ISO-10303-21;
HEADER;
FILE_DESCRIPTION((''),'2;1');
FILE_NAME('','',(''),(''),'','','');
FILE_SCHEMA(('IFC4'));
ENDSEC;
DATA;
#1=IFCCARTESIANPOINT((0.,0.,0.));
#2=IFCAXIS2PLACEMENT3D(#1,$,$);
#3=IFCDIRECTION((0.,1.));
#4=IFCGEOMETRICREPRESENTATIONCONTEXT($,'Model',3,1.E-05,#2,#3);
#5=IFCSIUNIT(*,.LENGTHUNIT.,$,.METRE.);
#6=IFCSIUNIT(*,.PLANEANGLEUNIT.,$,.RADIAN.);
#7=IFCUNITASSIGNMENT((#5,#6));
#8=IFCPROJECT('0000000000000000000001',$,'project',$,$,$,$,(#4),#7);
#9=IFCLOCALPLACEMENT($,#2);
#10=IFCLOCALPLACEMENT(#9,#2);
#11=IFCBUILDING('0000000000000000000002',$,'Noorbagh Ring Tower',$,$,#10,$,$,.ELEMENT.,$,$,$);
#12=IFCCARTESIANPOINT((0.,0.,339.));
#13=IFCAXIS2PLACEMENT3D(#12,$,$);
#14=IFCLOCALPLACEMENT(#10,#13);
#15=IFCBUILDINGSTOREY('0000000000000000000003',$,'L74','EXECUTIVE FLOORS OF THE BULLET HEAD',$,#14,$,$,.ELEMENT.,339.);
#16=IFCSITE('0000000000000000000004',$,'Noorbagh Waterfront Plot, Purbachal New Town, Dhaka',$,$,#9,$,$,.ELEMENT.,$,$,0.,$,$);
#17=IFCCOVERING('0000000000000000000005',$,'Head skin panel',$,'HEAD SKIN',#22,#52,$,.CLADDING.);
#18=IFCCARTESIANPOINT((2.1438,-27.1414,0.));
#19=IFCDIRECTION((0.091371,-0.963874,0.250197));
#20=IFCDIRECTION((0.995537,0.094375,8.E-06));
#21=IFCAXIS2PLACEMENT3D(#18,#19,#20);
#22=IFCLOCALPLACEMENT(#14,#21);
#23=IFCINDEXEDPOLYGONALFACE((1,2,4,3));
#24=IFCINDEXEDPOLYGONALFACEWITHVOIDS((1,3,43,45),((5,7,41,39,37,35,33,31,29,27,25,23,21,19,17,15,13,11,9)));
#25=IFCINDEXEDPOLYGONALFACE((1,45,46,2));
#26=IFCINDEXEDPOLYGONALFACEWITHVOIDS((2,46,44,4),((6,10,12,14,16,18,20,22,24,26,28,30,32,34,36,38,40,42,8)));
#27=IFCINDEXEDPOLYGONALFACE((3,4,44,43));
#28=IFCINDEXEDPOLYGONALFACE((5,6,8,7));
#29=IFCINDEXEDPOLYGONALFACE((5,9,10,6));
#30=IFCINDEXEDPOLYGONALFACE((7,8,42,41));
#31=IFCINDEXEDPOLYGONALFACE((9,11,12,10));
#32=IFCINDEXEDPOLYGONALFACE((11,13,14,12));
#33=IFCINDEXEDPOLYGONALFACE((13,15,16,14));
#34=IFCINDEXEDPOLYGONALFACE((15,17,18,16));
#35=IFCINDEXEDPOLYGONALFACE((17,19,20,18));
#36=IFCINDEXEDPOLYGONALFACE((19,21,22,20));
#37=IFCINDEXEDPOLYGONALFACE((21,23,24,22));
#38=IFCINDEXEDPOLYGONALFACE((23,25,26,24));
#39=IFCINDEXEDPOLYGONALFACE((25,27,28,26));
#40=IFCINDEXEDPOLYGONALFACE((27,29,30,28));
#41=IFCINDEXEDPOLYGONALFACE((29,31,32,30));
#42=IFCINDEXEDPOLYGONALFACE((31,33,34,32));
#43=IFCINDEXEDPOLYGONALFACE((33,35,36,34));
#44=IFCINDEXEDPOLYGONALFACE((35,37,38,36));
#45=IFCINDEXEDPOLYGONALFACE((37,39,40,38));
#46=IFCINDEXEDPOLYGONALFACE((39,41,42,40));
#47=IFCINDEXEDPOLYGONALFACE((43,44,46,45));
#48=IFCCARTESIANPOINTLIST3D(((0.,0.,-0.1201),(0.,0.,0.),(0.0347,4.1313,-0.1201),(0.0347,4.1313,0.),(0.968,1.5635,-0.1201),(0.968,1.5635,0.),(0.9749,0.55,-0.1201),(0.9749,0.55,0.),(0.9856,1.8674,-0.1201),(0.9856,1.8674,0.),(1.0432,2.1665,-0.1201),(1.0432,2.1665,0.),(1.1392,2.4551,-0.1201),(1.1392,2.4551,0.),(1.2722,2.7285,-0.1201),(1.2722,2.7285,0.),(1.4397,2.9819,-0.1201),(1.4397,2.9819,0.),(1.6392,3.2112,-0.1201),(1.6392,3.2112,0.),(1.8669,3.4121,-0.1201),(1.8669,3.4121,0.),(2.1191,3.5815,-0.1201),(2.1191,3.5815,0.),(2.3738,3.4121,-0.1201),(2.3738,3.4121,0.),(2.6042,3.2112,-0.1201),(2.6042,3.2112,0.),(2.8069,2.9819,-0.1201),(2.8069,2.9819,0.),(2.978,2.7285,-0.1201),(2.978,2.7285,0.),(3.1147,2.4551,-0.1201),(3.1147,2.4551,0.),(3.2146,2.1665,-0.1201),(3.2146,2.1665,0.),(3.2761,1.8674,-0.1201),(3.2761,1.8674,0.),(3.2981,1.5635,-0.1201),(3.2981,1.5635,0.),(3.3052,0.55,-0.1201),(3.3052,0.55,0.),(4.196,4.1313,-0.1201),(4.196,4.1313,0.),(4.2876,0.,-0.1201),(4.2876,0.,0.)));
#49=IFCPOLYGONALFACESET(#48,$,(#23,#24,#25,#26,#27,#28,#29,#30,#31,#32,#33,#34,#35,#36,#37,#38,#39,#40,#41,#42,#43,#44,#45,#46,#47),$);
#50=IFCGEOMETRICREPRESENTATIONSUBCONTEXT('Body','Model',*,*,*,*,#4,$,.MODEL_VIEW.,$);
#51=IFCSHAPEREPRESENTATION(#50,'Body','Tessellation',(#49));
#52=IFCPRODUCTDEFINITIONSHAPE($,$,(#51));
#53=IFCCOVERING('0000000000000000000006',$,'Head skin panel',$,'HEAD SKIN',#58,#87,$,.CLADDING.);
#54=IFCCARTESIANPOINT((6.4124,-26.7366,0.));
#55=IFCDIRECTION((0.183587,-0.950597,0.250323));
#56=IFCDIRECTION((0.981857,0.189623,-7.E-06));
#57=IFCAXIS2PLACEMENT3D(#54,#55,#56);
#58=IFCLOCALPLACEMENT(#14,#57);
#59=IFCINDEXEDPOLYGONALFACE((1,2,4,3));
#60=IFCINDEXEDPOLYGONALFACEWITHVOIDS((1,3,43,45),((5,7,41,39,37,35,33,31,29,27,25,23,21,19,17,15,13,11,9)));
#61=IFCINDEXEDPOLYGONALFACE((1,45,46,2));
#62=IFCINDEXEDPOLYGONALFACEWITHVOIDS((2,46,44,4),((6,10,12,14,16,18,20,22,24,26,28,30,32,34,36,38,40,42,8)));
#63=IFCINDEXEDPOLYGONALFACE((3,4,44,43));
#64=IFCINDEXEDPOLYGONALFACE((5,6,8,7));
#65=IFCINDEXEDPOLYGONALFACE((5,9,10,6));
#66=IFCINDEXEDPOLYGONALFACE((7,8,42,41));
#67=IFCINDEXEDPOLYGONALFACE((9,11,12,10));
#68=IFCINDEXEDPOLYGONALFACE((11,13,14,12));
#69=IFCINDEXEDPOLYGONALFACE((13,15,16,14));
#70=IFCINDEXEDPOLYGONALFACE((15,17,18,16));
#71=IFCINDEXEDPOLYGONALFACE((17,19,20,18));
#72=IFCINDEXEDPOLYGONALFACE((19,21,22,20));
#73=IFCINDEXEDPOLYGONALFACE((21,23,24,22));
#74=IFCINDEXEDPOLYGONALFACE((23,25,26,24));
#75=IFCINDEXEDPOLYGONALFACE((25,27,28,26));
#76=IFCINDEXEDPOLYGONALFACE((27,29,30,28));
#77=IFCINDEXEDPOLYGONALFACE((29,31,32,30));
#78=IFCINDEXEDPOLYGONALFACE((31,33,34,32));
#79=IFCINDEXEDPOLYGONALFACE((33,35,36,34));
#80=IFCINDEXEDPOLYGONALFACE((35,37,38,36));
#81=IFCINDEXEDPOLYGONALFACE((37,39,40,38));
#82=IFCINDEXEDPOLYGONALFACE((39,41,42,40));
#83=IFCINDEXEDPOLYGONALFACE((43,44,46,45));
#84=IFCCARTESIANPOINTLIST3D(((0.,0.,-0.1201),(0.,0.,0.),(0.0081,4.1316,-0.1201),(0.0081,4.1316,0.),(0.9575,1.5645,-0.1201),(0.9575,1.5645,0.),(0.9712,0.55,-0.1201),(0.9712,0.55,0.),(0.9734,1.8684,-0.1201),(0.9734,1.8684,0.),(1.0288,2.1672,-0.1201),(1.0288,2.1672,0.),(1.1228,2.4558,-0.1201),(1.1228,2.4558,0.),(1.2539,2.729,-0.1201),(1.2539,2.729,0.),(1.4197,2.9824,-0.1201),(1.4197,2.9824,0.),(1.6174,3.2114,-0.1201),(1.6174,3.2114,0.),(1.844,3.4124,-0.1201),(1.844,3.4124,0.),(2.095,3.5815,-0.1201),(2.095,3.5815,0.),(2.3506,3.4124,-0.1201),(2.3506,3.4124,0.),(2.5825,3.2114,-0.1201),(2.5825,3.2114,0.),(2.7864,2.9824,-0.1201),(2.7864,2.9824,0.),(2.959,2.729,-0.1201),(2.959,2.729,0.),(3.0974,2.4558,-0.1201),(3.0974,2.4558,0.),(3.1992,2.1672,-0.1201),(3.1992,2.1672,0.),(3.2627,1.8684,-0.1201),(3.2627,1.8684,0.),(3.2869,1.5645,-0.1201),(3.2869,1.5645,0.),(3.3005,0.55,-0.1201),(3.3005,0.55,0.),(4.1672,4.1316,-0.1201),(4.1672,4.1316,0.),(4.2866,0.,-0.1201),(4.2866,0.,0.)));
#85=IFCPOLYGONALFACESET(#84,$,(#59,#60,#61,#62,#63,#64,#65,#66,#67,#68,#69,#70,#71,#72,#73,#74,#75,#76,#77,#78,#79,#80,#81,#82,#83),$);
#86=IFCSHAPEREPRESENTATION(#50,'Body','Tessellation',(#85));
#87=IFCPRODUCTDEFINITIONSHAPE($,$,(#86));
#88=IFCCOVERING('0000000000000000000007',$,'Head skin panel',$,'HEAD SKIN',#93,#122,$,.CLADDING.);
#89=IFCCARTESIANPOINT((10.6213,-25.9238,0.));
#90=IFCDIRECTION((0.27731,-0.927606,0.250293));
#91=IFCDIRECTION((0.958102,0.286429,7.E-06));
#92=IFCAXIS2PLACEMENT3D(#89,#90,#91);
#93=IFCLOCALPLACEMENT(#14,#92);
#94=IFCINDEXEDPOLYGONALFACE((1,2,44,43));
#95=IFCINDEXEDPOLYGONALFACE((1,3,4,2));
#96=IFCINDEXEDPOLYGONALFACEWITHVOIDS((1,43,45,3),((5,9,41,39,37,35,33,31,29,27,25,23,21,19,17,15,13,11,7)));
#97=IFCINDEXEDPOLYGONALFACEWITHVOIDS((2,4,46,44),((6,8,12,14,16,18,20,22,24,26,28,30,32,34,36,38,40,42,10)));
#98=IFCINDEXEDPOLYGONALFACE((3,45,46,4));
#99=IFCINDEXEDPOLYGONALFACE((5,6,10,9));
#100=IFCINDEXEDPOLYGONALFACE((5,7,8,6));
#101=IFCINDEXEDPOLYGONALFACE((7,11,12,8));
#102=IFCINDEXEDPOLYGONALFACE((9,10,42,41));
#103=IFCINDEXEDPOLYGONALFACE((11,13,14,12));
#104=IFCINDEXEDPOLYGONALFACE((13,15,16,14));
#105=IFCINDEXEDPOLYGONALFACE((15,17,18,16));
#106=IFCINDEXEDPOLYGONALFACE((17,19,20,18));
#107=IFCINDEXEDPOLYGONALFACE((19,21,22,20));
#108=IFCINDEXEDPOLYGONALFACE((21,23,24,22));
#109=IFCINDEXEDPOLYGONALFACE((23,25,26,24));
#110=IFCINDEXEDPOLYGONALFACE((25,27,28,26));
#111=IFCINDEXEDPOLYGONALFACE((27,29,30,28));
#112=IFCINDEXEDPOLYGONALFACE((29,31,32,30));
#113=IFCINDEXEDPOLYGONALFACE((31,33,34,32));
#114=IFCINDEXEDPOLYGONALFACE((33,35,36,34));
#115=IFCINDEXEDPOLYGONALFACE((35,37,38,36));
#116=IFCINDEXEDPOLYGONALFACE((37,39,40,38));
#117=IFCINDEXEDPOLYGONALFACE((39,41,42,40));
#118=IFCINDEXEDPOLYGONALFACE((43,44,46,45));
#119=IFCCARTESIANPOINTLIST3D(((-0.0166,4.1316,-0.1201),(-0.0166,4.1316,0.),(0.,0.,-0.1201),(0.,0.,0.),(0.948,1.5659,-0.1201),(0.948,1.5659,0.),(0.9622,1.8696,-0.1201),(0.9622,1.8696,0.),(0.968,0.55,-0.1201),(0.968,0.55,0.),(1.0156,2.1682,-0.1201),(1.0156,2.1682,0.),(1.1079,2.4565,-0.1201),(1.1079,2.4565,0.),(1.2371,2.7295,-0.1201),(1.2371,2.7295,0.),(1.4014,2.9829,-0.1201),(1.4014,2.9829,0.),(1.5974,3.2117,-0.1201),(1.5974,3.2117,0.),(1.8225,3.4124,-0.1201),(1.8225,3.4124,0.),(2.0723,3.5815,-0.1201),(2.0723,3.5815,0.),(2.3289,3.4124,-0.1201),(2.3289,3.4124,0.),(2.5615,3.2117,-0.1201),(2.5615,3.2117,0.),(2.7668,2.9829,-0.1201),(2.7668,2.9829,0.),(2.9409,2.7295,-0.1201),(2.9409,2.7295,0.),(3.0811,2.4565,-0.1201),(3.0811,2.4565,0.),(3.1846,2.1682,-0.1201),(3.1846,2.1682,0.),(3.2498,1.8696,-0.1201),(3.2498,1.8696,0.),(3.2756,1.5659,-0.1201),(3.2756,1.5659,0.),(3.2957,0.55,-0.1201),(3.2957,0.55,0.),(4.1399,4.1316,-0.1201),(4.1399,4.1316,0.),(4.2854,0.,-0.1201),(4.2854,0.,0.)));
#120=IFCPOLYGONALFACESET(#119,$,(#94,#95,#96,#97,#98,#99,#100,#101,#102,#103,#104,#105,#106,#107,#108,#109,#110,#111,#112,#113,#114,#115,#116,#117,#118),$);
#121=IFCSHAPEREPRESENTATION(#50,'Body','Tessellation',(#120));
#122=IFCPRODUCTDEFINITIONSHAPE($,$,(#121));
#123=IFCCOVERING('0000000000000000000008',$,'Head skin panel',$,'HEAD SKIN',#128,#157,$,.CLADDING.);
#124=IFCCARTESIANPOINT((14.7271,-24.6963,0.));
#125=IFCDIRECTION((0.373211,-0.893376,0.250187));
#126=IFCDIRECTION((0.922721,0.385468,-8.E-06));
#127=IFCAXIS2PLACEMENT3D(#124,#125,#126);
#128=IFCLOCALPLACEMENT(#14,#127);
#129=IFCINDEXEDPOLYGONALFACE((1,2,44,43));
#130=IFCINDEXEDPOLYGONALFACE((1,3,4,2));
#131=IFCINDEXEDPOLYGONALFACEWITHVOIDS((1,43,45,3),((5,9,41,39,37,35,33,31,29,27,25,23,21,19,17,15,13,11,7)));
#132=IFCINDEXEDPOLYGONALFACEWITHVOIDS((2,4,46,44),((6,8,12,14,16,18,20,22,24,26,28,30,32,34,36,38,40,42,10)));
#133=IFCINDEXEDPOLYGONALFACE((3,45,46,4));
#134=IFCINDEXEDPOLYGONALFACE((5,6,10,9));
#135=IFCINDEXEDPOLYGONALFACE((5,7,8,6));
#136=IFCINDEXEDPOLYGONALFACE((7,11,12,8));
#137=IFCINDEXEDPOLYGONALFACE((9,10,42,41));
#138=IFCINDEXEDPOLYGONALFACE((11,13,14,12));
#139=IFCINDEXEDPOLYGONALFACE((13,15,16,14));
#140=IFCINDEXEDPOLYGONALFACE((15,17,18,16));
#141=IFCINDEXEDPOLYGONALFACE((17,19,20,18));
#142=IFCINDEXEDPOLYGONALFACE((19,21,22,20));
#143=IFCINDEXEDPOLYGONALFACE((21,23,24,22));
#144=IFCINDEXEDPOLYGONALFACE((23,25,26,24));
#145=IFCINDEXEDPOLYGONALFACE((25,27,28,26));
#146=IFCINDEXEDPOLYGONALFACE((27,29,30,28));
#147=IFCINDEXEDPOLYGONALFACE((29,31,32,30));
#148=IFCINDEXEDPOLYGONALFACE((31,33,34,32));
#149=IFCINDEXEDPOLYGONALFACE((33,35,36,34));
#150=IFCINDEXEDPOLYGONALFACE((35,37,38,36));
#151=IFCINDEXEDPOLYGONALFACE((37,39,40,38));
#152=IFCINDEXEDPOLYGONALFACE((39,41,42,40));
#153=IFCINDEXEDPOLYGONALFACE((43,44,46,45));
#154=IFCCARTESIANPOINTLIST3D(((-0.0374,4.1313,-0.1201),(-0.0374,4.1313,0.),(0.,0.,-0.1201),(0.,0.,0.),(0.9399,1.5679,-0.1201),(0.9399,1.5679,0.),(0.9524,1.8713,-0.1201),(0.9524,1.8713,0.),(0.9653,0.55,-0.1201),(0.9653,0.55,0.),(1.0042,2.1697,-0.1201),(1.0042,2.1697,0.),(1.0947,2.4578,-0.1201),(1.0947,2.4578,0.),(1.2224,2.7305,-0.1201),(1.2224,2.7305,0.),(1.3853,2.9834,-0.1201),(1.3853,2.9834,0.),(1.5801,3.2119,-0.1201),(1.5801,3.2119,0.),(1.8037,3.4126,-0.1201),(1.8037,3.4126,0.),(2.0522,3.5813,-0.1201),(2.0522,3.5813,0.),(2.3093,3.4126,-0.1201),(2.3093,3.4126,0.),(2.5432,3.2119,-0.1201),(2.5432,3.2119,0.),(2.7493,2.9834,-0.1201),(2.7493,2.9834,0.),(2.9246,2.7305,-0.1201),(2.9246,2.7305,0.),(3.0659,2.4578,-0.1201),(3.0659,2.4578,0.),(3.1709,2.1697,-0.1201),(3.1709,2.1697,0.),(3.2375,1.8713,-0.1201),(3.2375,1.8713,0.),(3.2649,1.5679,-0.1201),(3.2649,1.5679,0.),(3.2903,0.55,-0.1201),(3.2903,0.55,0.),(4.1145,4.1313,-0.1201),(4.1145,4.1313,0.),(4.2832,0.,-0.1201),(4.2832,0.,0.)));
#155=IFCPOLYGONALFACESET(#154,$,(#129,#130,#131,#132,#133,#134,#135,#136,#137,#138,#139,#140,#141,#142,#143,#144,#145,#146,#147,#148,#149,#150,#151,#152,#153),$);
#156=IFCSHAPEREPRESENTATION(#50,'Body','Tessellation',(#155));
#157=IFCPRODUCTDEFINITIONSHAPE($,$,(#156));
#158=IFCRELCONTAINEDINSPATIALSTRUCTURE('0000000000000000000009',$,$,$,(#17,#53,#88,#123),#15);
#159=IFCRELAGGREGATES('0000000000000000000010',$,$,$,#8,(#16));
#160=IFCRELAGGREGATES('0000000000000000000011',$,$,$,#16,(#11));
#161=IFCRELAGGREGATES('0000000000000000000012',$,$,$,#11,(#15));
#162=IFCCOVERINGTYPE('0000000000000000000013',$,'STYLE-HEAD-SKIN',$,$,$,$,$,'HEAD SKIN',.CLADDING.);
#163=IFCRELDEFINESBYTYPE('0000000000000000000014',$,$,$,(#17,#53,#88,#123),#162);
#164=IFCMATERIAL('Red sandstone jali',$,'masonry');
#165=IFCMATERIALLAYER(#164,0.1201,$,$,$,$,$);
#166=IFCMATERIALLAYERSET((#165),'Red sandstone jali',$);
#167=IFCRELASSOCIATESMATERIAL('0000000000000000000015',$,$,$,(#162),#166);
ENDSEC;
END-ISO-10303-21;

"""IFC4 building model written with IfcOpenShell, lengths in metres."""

from ifc_helpers import new_model, si_unit, direction, frame, origin, place, context, subcontext, project, spatial, polyline, outline, extrude, material, layer, layer_set, type_object, element, save


model = new_model("IFC4")

# Units and contexts
model_context = context("Model", 3, precision=1e-05, world=origin(), true_north=direction((0.0, 1.0)))
body_context = subcontext(model_context, "Body", "Model", "MODEL_VIEW")
ifc_project = project(units=[si_unit("LENGTHUNIT", "METRE"), si_unit("PLANEANGLEUNIT", "RADIAN")], contexts=[model_context])

# Site, building, storey
site_placement = place(None, origin())
site = spatial("IfcSite", under=ifc_project, at=site_placement, Name="Noorbagh Waterfront Plot, Purbachal New Town, Dhaka", CompositionType="ELEMENT", RefElevation=0.0)
building_placement = place(site_placement, origin())
building = spatial("IfcBuilding", under=site, at=building_placement, Name="Noorbagh Ring Tower", CompositionType="ELEMENT")
storey_placement = place(building_placement, frame((0.0, 0.0, 339.0)))
storey = spatial("IfcBuildingStorey", under=building, at=storey_placement, Name="L74", Description="EXECUTIVE FLOORS OF THE BULLET HEAD", CompositionType="ELEMENT", Elevation=339.0)

# Coverings
ifc_material_1 = material(Name="Red sandstone jali", Category="masonry")
ifc_layer_1 = layer(ifc_material_1, 0.1201)
ifc_layer_set_1 = layer_set([ifc_layer_1], Name="Red sandstone jali")
covering_type_1 = type_object("IfcCoveringType", Name="STYLE-HEAD-SKIN", ElementType="HEAD SKIN", PredefinedType="CLADDING", material=ifc_layer_set_1)
covering_1_placement = place(storey_placement, frame((2.1438, -27.1414, 0.0), z_axis=(0.091371, -0.963874, 0.250197), x_axis=(0.995537, 0.094375, 0.000008)))
element("IfcCovering", 1, at=covering_1_placement, inside=storey, type_object=covering_type_1, Name="Head skin panel", ObjectType="HEAD SKIN", PredefinedType="CLADDING", context=body_context, shape_type="SweptSolid", body=[
    extrude(outline(polyline([(0.0, 0.0), (4.2876, 0.0), (4.196, 4.1313), (0.0347, 4.1313), (0.0, 0.0)]), holes=[polyline([(0.9749, 0.55), (0.968, 1.5635), (0.9856, 1.8674), (1.0432, 2.1665), (1.1392, 2.4551), (1.2722, 2.7285), (1.4397, 2.9819), (1.6392, 3.2112), (1.8669, 3.4121), (2.1191, 3.5815), (2.3738, 3.4121), (2.6042, 3.2112), (2.8069, 2.9819), (2.978, 2.7285), (3.1147, 2.4551), (3.2146, 2.1665), (3.2761, 1.8674), (3.2981, 1.5635), (3.3052, 0.55), (0.9749, 0.55)])]), origin(), (0.0, 0.0, -1.0), 0.1201),
])
covering_2_placement = place(storey_placement, frame((6.4124, -26.7366, 0.0), z_axis=(0.183587, -0.950597, 0.250323), x_axis=(0.981857, 0.189623, -0.000007)))
element("IfcCovering", 2, at=covering_2_placement, inside=storey, type_object=covering_type_1, Name="Head skin panel", ObjectType="HEAD SKIN", PredefinedType="CLADDING", context=body_context, shape_type="SweptSolid", body=[
    extrude(outline(polyline([(0.0, 0.0), (4.2866, 0.0), (4.1672, 4.1316), (0.0081, 4.1316), (0.0, 0.0)]), holes=[polyline([(0.9712, 0.55), (0.9575, 1.5645), (0.9734, 1.8684), (1.0288, 2.1672), (1.1228, 2.4558), (1.2539, 2.729), (1.4197, 2.9824), (1.6174, 3.2114), (1.844, 3.4124), (2.095, 3.5815), (2.3506, 3.4124), (2.5825, 3.2114), (2.7864, 2.9824), (2.959, 2.729), (3.0974, 2.4558), (3.1992, 2.1672), (3.2627, 1.8684), (3.2869, 1.5645), (3.3005, 0.55), (0.9712, 0.55)])]), origin(), (0.0, 0.0, -1.0), 0.1201),
])
covering_3_placement = place(storey_placement, frame((10.6213, -25.9238, 0.0), z_axis=(0.27731, -0.927606, 0.250293), x_axis=(0.958102, 0.286429, 0.000007)))
element("IfcCovering", 3, at=covering_3_placement, inside=storey, type_object=covering_type_1, Name="Head skin panel", ObjectType="HEAD SKIN", PredefinedType="CLADDING", context=body_context, shape_type="SweptSolid", body=[
    extrude(outline(polyline([(0.0, 0.0), (4.2854, 0.0), (4.1399, 4.1316), (-0.0166, 4.1316), (0.0, 0.0)]), holes=[polyline([(0.968, 0.55), (0.948, 1.5659), (0.9622, 1.8696), (1.0156, 2.1682), (1.1079, 2.4565), (1.2371, 2.7295), (1.4014, 2.9829), (1.5974, 3.2117), (1.8225, 3.4124), (2.0723, 3.5815), (2.3289, 3.4124), (2.5615, 3.2117), (2.7668, 2.9829), (2.9409, 2.7295), (3.0811, 2.4565), (3.1846, 2.1682), (3.2498, 1.8696), (3.2756, 1.5659), (3.2957, 0.55), (0.968, 0.55)])]), origin(), (0.0, 0.0, -1.0), 0.1201),
])
covering_4_placement = place(storey_placement, frame((14.7271, -24.6963, 0.0), z_axis=(0.373211, -0.893376, 0.250187), x_axis=(0.922721, 0.385468, -0.000008)))
element("IfcCovering", 4, at=covering_4_placement, inside=storey, type_object=covering_type_1, Name="Head skin panel", ObjectType="HEAD SKIN", PredefinedType="CLADDING", context=body_context, shape_type="SweptSolid", body=[
    extrude(outline(polyline([(0.0, 0.0), (4.2832, 0.0), (4.1145, 4.1313), (-0.0374, 4.1313), (0.0, 0.0)]), holes=[polyline([(0.9653, 0.55), (0.9399, 1.5679), (0.9524, 1.8713), (1.0042, 2.1697), (1.0947, 2.4578), (1.2224, 2.7305), (1.3853, 2.9834), (1.5801, 3.2119), (1.8037, 3.4126), (2.0522, 3.5813), (2.3093, 3.4126), (2.5432, 3.2119), (2.7493, 2.9834), (2.9246, 2.7305), (3.0659, 2.4578), (3.1709, 2.1697), (3.2375, 1.8713), (3.2649, 1.5679), (3.2903, 0.55), (0.9653, 0.55)])]), origin(), (0.0, 0.0, -1.0), 0.1201),
])

save(model, "model.ifc")
